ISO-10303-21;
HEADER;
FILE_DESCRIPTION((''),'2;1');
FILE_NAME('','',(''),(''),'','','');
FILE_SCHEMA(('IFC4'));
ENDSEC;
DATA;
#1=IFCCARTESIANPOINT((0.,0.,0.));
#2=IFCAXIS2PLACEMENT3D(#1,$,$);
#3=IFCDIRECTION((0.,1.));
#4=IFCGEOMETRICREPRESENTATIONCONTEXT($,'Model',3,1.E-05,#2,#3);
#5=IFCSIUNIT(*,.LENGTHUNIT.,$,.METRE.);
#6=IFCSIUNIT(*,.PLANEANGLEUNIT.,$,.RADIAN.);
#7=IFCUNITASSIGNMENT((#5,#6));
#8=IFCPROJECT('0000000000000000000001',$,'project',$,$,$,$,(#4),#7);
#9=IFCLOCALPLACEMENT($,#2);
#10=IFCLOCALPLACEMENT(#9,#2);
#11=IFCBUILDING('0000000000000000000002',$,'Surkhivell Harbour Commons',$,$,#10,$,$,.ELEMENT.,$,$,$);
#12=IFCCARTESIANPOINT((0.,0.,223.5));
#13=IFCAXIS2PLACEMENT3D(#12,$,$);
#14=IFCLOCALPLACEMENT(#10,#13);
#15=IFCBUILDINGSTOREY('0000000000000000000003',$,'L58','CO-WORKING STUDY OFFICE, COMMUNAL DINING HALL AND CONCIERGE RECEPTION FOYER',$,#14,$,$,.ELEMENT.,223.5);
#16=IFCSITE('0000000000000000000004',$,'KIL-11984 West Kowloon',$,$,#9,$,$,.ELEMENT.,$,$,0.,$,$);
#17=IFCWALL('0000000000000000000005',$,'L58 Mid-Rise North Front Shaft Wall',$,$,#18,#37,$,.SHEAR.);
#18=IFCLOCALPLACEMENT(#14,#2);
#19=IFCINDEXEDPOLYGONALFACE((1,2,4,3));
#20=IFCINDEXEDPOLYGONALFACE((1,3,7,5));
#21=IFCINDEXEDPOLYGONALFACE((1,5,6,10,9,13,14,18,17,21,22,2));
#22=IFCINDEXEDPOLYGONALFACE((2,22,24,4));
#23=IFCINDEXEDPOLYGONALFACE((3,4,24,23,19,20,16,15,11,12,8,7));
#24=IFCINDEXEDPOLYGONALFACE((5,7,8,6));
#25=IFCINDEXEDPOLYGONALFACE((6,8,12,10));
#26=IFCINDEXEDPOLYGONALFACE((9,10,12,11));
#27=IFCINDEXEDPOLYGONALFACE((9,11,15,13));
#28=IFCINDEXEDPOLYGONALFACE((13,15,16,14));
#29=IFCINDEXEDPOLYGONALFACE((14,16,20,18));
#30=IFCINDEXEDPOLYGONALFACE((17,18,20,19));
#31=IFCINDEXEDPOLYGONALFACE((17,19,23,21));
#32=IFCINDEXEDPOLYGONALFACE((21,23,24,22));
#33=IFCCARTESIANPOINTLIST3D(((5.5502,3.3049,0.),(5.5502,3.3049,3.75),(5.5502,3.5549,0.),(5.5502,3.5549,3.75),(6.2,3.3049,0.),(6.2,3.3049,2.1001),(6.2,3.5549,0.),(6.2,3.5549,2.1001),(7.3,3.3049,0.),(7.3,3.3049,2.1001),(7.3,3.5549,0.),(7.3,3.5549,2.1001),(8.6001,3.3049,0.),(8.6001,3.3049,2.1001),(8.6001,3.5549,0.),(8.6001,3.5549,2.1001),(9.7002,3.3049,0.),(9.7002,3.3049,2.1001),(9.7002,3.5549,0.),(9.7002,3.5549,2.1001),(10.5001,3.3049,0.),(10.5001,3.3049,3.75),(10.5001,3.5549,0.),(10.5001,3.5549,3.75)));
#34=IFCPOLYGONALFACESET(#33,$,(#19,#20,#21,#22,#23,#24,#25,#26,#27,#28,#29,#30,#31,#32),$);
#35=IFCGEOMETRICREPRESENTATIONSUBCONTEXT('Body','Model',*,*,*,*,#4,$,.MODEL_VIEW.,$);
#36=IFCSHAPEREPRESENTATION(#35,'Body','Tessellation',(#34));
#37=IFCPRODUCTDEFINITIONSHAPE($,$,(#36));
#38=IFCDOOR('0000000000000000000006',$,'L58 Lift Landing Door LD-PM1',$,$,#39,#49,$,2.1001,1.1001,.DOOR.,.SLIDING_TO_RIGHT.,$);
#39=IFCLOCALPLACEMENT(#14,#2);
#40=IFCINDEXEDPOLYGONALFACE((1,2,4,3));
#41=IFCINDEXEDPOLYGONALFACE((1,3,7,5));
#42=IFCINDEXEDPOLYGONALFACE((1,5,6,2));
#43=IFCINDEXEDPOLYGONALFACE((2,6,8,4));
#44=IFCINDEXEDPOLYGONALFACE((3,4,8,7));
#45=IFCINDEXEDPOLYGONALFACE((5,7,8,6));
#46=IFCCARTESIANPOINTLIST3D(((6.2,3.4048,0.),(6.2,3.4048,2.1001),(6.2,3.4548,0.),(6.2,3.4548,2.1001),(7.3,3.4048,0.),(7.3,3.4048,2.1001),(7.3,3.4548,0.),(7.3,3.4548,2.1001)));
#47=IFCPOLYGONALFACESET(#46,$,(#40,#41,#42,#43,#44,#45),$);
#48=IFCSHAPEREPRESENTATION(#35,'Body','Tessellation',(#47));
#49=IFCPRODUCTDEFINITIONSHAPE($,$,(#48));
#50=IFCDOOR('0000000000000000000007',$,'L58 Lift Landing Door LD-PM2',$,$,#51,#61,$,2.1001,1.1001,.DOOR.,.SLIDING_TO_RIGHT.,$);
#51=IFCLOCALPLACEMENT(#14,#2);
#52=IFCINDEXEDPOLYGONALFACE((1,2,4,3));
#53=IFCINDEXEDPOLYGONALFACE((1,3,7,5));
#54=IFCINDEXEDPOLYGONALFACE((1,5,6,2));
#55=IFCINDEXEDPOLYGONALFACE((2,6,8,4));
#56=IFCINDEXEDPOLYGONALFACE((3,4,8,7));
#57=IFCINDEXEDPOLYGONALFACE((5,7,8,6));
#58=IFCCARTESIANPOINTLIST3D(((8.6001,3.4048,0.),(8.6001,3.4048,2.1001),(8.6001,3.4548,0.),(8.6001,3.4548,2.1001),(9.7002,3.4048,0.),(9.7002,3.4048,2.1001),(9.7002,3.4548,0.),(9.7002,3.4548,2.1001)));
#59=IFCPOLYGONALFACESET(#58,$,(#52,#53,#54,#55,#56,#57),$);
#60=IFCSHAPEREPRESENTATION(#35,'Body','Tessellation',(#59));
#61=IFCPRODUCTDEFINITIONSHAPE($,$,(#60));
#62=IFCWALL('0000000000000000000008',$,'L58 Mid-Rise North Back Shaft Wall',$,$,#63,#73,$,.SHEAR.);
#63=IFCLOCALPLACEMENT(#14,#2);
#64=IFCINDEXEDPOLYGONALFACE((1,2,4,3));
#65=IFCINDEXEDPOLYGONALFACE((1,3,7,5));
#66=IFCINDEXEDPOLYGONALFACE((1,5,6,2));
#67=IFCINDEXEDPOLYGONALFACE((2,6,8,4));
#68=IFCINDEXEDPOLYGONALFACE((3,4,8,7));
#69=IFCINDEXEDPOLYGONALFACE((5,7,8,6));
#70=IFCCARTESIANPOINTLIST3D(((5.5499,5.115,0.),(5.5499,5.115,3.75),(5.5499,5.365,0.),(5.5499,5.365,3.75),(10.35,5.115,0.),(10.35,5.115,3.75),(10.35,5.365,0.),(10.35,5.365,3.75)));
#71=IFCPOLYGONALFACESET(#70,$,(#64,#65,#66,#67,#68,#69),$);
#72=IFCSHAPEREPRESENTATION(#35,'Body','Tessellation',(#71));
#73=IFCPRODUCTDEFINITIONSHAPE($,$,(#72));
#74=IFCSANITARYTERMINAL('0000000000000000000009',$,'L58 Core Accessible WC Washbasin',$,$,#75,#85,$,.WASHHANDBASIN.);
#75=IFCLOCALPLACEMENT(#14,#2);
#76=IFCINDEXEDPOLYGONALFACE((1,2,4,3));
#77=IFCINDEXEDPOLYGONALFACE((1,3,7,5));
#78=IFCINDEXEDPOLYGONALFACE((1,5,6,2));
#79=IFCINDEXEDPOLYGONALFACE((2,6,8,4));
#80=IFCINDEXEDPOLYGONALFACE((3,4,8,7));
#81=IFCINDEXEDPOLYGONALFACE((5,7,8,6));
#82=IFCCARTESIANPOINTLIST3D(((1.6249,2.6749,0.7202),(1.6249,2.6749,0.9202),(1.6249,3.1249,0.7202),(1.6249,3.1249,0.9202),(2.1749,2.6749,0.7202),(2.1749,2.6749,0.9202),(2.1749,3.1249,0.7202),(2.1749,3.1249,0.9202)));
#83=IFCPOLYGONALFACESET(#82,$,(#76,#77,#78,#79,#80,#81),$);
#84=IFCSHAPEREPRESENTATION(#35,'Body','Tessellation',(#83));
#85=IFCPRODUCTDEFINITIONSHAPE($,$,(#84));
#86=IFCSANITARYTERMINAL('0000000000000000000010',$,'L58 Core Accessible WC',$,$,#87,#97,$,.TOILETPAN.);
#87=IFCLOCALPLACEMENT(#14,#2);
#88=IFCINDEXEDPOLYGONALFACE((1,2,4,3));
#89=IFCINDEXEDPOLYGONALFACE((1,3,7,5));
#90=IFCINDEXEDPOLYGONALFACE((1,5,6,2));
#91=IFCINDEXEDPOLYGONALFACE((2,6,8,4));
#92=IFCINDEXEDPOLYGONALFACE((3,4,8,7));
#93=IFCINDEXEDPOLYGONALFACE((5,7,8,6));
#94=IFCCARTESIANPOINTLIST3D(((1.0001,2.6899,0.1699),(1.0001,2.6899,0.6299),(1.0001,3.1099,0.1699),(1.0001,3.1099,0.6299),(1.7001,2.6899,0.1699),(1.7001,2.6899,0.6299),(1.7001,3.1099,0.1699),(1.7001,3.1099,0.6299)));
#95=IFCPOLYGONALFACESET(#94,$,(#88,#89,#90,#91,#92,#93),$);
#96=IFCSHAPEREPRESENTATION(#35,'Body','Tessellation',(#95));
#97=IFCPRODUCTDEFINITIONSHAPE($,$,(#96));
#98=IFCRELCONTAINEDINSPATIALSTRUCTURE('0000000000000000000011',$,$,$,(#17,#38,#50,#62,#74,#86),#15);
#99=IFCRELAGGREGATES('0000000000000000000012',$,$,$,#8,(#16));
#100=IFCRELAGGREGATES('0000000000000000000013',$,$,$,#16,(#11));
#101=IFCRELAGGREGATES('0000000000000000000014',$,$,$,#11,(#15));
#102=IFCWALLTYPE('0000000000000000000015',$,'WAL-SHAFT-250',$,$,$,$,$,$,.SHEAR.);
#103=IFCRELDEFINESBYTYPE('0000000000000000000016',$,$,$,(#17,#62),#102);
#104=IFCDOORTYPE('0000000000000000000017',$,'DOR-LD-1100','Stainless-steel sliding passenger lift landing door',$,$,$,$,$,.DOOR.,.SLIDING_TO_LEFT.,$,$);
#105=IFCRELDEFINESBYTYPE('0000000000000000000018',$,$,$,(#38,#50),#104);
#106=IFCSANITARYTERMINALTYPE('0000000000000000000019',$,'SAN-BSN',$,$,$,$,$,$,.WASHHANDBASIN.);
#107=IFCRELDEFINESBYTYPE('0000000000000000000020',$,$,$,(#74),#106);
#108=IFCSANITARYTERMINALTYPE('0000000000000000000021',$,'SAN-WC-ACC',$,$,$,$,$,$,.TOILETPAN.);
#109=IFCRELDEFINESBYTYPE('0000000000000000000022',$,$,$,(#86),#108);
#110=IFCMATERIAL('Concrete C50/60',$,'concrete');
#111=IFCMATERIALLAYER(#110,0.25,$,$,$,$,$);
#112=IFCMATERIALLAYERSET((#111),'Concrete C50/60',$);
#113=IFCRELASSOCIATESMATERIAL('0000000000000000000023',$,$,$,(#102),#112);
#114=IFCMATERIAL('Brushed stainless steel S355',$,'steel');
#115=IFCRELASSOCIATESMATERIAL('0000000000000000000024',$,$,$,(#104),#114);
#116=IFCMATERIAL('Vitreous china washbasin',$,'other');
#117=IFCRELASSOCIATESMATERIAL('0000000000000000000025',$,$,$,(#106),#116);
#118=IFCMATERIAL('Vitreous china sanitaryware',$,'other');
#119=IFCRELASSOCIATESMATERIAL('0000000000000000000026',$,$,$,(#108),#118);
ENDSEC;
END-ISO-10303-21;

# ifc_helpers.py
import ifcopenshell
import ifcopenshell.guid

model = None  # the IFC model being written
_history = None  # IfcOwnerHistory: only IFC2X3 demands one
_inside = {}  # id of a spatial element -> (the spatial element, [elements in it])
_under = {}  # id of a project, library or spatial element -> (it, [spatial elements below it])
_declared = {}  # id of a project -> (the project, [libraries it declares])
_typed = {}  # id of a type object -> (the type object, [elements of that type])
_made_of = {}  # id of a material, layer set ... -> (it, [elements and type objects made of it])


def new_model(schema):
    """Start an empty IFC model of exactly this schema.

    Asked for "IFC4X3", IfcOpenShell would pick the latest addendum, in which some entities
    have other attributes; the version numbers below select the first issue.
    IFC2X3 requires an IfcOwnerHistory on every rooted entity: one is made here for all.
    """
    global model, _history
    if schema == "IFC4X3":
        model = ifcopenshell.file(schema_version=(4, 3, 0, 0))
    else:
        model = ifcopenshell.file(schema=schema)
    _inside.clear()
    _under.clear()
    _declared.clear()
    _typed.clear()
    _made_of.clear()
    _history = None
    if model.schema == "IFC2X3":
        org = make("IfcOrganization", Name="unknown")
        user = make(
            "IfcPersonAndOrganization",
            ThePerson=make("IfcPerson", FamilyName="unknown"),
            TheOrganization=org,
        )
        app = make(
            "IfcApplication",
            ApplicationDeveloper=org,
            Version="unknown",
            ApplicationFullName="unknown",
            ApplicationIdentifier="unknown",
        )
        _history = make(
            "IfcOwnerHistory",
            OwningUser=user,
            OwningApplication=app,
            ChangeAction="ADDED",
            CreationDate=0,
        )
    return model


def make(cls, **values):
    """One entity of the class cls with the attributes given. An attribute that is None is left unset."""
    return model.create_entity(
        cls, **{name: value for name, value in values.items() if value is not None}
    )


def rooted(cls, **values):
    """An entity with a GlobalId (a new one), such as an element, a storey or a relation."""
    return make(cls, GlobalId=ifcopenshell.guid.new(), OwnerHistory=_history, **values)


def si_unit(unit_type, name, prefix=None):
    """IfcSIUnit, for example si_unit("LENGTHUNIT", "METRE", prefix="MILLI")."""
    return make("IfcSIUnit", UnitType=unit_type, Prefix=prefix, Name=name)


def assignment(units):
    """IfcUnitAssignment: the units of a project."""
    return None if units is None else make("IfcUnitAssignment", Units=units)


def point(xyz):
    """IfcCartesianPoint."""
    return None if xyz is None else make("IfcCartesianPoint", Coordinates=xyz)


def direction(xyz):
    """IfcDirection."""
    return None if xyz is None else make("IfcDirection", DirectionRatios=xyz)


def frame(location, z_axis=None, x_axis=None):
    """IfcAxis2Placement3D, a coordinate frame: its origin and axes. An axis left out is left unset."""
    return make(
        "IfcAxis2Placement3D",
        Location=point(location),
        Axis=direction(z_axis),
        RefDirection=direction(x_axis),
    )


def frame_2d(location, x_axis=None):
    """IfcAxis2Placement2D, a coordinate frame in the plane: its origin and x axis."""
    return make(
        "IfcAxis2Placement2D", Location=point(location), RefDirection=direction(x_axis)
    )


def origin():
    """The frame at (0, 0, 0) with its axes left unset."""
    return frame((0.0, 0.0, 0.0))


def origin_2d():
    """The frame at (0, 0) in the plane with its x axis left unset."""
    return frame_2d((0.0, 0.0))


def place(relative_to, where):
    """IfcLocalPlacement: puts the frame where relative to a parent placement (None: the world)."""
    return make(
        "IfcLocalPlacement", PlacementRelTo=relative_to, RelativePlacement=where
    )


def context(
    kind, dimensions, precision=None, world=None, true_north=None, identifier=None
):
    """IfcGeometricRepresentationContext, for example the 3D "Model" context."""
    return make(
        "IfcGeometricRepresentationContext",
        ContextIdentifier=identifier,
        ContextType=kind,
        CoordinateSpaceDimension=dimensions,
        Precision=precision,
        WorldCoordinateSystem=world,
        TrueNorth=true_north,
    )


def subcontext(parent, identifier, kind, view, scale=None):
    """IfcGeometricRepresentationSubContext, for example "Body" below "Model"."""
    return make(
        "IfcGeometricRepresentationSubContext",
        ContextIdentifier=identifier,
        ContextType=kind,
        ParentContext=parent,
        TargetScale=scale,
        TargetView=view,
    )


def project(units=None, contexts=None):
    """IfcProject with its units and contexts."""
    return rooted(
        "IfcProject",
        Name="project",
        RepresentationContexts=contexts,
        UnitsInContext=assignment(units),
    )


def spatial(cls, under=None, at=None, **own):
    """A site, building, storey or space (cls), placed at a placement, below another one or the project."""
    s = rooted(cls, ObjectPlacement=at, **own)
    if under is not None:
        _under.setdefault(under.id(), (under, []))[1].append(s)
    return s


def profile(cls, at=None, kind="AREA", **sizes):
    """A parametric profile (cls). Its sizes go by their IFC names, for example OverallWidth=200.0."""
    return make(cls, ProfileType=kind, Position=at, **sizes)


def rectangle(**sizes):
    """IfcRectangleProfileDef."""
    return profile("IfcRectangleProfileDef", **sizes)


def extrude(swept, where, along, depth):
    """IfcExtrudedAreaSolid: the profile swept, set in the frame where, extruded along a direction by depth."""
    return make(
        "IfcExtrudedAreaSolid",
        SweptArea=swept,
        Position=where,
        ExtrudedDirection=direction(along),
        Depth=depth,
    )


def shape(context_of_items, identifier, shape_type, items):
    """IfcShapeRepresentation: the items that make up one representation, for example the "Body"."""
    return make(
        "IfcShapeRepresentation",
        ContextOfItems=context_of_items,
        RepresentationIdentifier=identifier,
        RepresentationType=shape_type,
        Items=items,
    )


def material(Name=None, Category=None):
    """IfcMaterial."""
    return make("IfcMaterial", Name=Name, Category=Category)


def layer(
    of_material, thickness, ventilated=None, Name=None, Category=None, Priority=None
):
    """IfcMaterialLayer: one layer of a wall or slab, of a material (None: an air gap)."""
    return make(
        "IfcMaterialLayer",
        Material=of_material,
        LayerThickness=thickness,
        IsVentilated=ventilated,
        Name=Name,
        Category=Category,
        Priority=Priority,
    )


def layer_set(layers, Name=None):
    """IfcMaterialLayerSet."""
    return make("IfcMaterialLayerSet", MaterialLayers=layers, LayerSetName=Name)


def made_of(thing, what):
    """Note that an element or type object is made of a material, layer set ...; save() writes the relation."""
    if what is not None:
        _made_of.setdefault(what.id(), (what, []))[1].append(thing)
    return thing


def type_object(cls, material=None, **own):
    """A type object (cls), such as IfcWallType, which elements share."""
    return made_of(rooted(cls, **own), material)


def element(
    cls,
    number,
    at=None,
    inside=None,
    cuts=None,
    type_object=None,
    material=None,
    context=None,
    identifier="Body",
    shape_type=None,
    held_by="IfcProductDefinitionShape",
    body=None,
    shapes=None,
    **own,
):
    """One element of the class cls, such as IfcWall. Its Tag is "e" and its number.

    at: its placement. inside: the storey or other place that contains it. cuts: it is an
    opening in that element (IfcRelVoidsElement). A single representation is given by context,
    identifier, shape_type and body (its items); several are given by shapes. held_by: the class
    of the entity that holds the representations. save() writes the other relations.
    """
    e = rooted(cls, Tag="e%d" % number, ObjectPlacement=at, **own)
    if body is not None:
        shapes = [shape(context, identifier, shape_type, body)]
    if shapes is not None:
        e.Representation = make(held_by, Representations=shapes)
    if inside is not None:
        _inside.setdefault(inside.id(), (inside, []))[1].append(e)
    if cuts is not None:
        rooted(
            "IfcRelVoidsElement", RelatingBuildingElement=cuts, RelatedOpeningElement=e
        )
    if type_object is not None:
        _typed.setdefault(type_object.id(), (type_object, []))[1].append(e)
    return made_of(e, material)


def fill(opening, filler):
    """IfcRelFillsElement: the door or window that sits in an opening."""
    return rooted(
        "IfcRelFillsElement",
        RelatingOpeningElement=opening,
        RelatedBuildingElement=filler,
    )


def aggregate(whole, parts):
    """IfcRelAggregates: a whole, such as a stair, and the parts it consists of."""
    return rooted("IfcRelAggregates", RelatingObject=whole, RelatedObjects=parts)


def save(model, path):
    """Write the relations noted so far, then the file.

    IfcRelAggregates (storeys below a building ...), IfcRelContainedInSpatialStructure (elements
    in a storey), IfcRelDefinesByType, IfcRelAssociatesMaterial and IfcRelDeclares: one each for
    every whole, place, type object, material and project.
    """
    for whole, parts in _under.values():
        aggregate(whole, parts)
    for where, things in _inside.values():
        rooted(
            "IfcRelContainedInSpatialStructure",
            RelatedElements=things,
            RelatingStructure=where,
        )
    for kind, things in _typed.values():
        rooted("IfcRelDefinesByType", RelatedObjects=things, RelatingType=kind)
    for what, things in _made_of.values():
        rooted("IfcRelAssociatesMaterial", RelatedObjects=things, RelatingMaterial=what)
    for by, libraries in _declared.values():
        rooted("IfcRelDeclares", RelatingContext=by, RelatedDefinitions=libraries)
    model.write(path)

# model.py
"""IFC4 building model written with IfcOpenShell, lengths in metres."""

from ifc_helpers import new_model, si_unit, direction, frame, frame_2d, origin, origin_2d, place, context, subcontext, project, spatial, rectangle, extrude, material, layer, layer_set, type_object, element, fill, save


model = new_model("IFC4")

# Units and contexts
model_context = context("Model", 3, precision=1e-05, world=origin(), true_north=direction((0.0, 1.0)))
body_context = subcontext(model_context, "Body", "Model", "MODEL_VIEW")
ifc_project = project(units=[si_unit("LENGTHUNIT", "METRE"), si_unit("PLANEANGLEUNIT", "RADIAN")], contexts=[model_context])

# Site, building, storey
site_placement = place(None, origin())
site = spatial("IfcSite", under=ifc_project, at=site_placement, Name="KIL-11984 West Kowloon", CompositionType="ELEMENT", RefElevation=0.0)
building_placement = place(site_placement, origin())
building = spatial("IfcBuilding", under=site, at=building_placement, Name="Surkhivell Harbour Commons", CompositionType="ELEMENT")
storey_placement = place(building_placement, frame((0.0, 0.0, 223.5)))
storey = spatial("IfcBuildingStorey", under=building, at=storey_placement, Name="L58", Description="CO-WORKING STUDY OFFICE, COMMUNAL DINING HALL AND CONCIERGE RECEPTION FOYER", CompositionType="ELEMENT", Elevation=223.5)

# Shared definitions
ifc_material_1 = material(Name="Concrete C50/60", Category="concrete")
ifc_layer_1 = layer(ifc_material_1, 0.25)
ifc_layer_set_1 = layer_set([ifc_layer_1], Name="Concrete C50/60")
wall_type_1 = type_object("IfcWallType", Name="WAL-SHAFT-250", PredefinedType="SHEAR", material=ifc_layer_set_1)

# Wall, openings, doors
wall_1_placement = place(storey_placement, frame((5.55, 3.4299, 0.0), z_axis=(0.0, 0.0, 1.0), x_axis=(1.0, 0.0, 0.0)))
wall_1 = element("IfcWall", 1, at=wall_1_placement, inside=storey, type_object=wall_type_1, Name="L58 Mid-Rise North Front Shaft Wall", PredefinedType="SHEAR", context=body_context, shape_type="SweptSolid", body=[
    extrude(rectangle(XDim=4.95, YDim=0.25, at=frame_2d((2.4751, 0.0))), origin(), (0.0, 0.0, 1.0), 3.75),
])
opening_1_placement = place(wall_1_placement, frame((0.6499, 0.0, 0.0)))
opening_1 = element("IfcOpeningElement", 2, at=opening_1_placement, cuts=wall_1, PredefinedType="OPENING", context=body_context, shape_type="SweptSolid", body=[
    extrude(rectangle(XDim=1.1001, YDim=2.1001, at=frame_2d((0.55, 1.05))), frame((0.0, 0.135, 0.0), z_axis=(0.0, -1.0, 0.0), x_axis=(1.0, 0.0, 0.0)), (0.0, 0.0, 1.0), 0.27),
])
opening_2_placement = place(wall_1_placement, frame((3.05, 0.0, 0.0)))
opening_2 = element("IfcOpeningElement", 3, at=opening_2_placement, cuts=wall_1, PredefinedType="OPENING", context=body_context, shape_type="SweptSolid", body=[
    extrude(rectangle(XDim=1.1001, YDim=2.1001, at=frame_2d((0.55, 1.05))), frame((0.0, 0.135, 0.0), z_axis=(0.0, -1.0, 0.0), x_axis=(1.0, 0.0, 0.0)), (0.0, 0.0, 1.0), 0.27),
])
ifc_material_2 = material(Name="Brushed stainless steel S355", Category="steel")
door_type_1 = type_object("IfcDoorType", Name="DOR-LD-1100", Description="Stainless-steel sliding passenger lift landing door", OperationType="SLIDING_TO_LEFT", PredefinedType="DOOR", material=ifc_material_2)
door_1_placement = place(opening_1_placement, origin())
door_1 = element("IfcDoor", 4, at=door_1_placement, inside=storey, type_object=door_type_1, Name="L58 Lift Landing Door LD-PM1", OperationType="SLIDING_TO_RIGHT", OverallHeight=2.1001, OverallWidth=1.1001, PredefinedType="DOOR", context=body_context, shape_type="SweptSolid", body=[
    extrude(rectangle(XDim=1.1001, YDim=2.1001, at=frame_2d((0.55, 1.05))), frame((0.0, 0.0249, 0.0), z_axis=(0.0, -1.0, 0.0), x_axis=(1.0, 0.0, 0.0)), (0.0, 0.0, 1.0), 0.05),
])
fill(opening_1, door_1)
door_2_placement = place(opening_2_placement, origin())
door_2 = element("IfcDoor", 5, at=door_2_placement, inside=storey, type_object=door_type_1, Name="L58 Lift Landing Door LD-PM2", OperationType="SLIDING_TO_RIGHT", OverallHeight=2.1001, OverallWidth=1.1001, PredefinedType="DOOR", context=body_context, shape_type="SweptSolid", body=[
    extrude(rectangle(XDim=1.1001, YDim=2.1001, at=frame_2d((0.55, 1.05))), frame((0.0, 0.0249, 0.0), z_axis=(0.0, -1.0, 0.0), x_axis=(1.0, 0.0, 0.0)), (0.0, 0.0, 1.0), 0.05),
])
fill(opening_2, door_2)

# Wall
wall_2_placement = place(storey_placement, frame((5.55, 5.24, 0.0), z_axis=(0.0, 0.0, 1.0), x_axis=(1.0, 0.0, 0.0)))
element("IfcWall", 6, at=wall_2_placement, inside=storey, type_object=wall_type_1, Name="L58 Mid-Rise North Back Shaft Wall", PredefinedType="SHEAR", context=body_context, shape_type="SweptSolid", body=[
    extrude(rectangle(XDim=4.8, YDim=0.25, at=frame_2d((2.3999, 0.0))), origin(), (0.0, 0.0, 1.0), 3.75),
])

# Sanitary terminals
ifc_material_3 = material(Name="Vitreous china washbasin", Category="other")
sanitary_terminal_type_1 = type_object("IfcSanitaryTerminalType", Name="SAN-BSN", PredefinedType="WASHHANDBASIN", material=ifc_material_3)
sanitary_terminal_1_placement = place(storey_placement, frame((1.8999, 2.8999, 0.7202), z_axis=(0.0, 0.0, 1.0), x_axis=(1.0, 0.0, 0.0)))
element("IfcSanitaryTerminal", 7, at=sanitary_terminal_1_placement, inside=storey, type_object=sanitary_terminal_type_1, Name="L58 Core Accessible WC Washbasin", PredefinedType="WASHHANDBASIN", context=body_context, shape_type="SweptSolid", body=[
    extrude(rectangle(XDim=0.55, YDim=0.45, at=origin_2d()), origin(), (0.0, 0.0, 1.0), 0.2),
])
ifc_material_4 = material(Name="Vitreous china sanitaryware", Category="other")
sanitary_terminal_type_2 = type_object("IfcSanitaryTerminalType", Name="SAN-WC-ACC", PredefinedType="TOILETPAN", material=ifc_material_4)
sanitary_terminal_2_placement = place(storey_placement, frame((1.3501, 2.8999, 0.1699), z_axis=(0.0, 0.0, 1.0), x_axis=(1.0, 0.0, 0.0)))
element("IfcSanitaryTerminal", 8, at=sanitary_terminal_2_placement, inside=storey, type_object=sanitary_terminal_type_2, Name="L58 Core Accessible WC", PredefinedType="TOILETPAN", context=body_context, shape_type="SweptSolid", body=[
    extrude(rectangle(XDim=0.7, YDim=0.4199, at=origin_2d()), origin(), (0.0, 0.0, 1.0), 0.46),
])

save(model, "model.ifc")
